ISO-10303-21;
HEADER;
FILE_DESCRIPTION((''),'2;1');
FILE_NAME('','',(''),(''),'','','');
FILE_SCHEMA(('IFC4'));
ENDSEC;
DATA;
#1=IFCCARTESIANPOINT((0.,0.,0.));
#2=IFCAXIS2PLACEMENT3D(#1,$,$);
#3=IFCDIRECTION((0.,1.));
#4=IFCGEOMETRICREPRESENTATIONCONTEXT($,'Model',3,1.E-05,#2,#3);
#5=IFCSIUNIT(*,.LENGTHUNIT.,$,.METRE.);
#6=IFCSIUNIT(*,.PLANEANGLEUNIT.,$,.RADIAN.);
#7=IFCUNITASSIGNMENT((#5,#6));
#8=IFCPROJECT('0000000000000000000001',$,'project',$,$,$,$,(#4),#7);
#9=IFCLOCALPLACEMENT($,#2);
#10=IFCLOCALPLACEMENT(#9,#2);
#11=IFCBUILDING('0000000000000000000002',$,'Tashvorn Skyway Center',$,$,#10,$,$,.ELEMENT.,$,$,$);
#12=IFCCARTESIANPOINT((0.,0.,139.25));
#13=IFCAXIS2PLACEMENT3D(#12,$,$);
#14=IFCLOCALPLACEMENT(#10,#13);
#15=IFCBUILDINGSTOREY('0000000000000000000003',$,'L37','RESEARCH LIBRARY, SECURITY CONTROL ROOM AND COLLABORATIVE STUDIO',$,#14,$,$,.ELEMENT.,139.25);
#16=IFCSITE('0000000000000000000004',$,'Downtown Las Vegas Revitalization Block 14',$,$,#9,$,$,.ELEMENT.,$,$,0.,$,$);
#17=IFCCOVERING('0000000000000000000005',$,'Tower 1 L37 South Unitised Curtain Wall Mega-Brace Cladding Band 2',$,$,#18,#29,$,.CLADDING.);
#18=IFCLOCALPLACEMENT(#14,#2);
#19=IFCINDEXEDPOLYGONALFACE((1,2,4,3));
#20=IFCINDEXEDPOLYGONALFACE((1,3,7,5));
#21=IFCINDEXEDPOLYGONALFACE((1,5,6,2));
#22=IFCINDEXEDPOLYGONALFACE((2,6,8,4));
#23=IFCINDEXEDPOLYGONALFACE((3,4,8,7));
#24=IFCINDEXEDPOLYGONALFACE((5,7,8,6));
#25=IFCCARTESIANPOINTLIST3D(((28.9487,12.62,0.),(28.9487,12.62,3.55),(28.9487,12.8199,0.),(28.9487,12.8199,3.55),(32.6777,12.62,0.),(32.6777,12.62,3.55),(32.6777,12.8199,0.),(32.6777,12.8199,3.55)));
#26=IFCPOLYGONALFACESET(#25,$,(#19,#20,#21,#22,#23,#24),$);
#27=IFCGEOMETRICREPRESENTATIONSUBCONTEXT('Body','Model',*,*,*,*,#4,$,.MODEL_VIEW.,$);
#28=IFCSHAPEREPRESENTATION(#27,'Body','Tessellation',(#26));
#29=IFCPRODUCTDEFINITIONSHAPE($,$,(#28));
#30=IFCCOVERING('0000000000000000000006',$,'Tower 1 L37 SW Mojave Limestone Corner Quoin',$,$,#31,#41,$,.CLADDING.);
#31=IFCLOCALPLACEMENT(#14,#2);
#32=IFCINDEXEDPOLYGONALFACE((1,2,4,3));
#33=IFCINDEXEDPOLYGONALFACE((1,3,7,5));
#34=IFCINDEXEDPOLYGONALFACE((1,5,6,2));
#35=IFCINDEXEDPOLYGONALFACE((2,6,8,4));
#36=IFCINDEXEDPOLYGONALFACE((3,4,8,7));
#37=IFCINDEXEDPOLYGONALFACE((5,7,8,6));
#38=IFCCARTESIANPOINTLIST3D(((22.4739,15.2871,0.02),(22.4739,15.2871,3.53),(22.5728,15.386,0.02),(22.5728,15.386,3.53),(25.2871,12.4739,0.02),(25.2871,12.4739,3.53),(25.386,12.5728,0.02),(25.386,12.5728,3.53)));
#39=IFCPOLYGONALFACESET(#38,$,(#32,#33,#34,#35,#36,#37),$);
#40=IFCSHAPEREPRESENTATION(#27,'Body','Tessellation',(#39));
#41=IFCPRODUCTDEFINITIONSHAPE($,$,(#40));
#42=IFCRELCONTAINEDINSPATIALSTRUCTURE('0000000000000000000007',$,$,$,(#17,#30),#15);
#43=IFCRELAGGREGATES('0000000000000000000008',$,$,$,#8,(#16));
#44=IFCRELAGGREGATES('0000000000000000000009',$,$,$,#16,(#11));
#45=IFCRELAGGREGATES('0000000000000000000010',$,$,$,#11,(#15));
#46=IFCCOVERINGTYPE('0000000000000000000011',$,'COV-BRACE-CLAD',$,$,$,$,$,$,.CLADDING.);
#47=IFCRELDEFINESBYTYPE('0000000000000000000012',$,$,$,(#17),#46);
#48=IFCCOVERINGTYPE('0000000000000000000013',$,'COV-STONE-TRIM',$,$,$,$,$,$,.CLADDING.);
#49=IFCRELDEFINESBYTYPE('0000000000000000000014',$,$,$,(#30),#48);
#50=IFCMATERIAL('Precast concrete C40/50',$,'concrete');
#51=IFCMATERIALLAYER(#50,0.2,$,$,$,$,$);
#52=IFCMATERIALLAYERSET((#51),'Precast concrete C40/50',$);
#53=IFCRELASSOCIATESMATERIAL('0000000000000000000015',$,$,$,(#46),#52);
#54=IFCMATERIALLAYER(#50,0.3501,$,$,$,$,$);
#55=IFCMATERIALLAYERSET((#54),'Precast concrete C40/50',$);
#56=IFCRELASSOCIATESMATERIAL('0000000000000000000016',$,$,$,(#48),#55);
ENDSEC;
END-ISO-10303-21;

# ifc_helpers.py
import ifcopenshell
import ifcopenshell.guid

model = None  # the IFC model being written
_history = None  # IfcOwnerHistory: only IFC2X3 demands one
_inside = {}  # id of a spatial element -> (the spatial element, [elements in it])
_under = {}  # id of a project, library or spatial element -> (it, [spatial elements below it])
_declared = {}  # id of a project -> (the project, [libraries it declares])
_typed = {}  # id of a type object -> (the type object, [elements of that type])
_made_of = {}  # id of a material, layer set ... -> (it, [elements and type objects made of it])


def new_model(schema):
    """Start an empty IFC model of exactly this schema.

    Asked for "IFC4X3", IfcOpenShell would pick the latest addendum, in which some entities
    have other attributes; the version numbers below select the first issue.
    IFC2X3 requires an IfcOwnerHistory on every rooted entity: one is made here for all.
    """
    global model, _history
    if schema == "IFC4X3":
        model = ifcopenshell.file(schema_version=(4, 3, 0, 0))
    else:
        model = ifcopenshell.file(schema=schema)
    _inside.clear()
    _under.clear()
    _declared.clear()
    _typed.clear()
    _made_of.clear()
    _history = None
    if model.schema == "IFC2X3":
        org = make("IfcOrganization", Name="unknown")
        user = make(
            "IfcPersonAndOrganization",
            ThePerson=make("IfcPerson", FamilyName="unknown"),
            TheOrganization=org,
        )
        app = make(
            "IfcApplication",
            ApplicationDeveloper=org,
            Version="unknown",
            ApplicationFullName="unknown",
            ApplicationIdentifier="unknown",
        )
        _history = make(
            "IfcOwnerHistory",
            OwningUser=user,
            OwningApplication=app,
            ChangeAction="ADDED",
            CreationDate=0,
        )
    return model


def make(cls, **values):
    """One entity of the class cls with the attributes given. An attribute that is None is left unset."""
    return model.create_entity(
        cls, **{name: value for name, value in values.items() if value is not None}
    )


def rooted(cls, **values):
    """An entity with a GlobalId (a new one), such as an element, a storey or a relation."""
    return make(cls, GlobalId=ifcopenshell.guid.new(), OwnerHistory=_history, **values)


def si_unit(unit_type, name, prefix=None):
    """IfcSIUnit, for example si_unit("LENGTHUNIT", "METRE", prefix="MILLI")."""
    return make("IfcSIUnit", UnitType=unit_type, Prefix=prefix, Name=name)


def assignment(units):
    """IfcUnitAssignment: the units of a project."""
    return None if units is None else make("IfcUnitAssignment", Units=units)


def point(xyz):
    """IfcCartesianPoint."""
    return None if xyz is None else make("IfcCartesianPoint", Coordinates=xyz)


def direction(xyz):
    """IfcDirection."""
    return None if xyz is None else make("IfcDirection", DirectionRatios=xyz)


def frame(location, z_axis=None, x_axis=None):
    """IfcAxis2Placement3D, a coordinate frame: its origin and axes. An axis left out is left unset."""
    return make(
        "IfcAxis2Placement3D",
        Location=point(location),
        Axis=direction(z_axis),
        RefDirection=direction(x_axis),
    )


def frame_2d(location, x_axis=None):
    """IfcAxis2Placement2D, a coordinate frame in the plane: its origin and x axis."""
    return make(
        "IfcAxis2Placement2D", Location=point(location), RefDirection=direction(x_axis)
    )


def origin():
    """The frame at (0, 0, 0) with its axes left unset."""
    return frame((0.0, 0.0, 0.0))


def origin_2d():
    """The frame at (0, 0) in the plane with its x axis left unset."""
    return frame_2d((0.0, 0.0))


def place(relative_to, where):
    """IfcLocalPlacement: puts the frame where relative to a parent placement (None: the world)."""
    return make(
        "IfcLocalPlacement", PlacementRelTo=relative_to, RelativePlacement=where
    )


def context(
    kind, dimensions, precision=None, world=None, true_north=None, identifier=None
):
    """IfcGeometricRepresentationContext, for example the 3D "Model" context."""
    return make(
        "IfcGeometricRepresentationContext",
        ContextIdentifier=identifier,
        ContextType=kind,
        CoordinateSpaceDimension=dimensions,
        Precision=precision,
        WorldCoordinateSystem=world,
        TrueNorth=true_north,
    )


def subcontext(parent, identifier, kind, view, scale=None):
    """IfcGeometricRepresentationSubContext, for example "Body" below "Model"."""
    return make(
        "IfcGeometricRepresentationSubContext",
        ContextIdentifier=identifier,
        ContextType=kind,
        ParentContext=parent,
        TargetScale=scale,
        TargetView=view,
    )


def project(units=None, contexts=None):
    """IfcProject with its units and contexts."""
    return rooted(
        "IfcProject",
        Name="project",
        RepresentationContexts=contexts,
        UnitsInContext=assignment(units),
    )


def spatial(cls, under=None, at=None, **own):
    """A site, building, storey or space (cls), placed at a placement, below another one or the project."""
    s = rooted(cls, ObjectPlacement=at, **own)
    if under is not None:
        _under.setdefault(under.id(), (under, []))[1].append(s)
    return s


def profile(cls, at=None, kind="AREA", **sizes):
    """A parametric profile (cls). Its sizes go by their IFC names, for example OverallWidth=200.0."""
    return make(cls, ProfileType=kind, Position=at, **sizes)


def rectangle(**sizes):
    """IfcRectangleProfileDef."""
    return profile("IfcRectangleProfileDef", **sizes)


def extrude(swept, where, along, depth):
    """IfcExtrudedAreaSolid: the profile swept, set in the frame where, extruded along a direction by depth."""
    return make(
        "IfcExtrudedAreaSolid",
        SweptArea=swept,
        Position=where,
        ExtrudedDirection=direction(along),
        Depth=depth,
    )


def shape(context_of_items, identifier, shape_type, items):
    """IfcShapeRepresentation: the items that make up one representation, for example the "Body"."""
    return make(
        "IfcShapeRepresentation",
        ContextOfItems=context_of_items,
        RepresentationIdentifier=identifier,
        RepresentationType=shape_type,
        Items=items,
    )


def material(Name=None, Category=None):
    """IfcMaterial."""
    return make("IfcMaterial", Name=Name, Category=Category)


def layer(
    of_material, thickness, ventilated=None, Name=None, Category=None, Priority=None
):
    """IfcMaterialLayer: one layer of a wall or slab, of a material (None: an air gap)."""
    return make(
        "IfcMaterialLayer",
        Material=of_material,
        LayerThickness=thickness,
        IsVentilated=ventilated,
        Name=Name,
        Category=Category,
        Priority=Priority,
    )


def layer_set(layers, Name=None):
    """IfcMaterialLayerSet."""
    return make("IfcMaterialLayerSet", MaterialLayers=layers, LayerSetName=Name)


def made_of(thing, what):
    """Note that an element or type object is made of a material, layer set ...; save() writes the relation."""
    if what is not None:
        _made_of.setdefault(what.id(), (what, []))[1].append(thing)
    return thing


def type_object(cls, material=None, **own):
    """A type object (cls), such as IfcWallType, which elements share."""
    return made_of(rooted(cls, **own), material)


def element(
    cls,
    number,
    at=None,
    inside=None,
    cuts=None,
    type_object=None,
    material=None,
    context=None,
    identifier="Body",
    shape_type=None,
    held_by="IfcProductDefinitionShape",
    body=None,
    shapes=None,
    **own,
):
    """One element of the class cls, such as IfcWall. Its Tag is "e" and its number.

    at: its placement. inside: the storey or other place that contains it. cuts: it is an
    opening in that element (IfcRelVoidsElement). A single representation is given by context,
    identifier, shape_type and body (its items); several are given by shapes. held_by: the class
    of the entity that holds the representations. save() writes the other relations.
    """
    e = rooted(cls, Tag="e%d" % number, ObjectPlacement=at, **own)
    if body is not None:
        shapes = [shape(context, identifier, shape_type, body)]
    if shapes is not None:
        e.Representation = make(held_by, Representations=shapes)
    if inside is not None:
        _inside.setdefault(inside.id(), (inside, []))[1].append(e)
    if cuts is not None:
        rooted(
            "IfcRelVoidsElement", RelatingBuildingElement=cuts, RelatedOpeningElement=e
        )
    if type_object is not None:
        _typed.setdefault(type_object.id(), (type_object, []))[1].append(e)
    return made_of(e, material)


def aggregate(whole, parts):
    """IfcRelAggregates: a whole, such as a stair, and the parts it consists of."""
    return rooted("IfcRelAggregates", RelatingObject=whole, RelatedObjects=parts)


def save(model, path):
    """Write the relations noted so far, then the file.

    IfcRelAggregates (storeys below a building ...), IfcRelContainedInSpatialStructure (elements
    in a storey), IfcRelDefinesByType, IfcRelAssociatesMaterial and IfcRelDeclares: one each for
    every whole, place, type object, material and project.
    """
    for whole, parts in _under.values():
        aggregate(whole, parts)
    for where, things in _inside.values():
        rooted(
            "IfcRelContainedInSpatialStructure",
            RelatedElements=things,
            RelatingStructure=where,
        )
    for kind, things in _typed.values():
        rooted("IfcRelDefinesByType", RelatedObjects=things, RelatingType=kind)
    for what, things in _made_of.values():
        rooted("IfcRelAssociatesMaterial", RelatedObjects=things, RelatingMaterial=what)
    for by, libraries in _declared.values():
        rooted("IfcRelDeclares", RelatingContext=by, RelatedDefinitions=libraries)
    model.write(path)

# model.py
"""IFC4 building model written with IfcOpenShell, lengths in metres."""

from ifc_helpers import new_model, si_unit, direction, frame, origin, origin_2d, place, context, subcontext, project, spatial, rectangle, extrude, material, layer, layer_set, type_object, element, save


model = new_model("IFC4")

# Units and contexts
model_context = context("Model", 3, precision=1e-05, world=origin(), true_north=direction((0.0, 1.0)))
body_context = subcontext(model_context, "Body", "Model", "MODEL_VIEW")
ifc_project = project(units=[si_unit("LENGTHUNIT", "METRE"), si_unit("PLANEANGLEUNIT", "RADIAN")], contexts=[model_context])

# Site, building, storey
site_placement = place(None, origin())
site = spatial("IfcSite", under=ifc_project, at=site_placement, Name="Downtown Las Vegas Revitalization Block 14", CompositionType="ELEMENT", RefElevation=0.0)
building_placement = place(site_placement, origin())
building = spatial("IfcBuilding", under=site, at=building_placement, Name="Tashvorn Skyway Center", CompositionType="ELEMENT")
storey_placement = place(building_placement, frame((0.0, 0.0, 139.25)))
storey = spatial("IfcBuildingStorey", under=building, at=storey_placement, Name="L37", Description="RESEARCH LIBRARY, SECURITY CONTROL ROOM AND COLLABORATIVE STUDIO", CompositionType="ELEMENT", Elevation=139.25)

# Shared definitions
ifc_material_1 = material(Name="Precast concrete C40/50", Category="concrete")

# Coverings
ifc_layer_1 = layer(ifc_material_1, 0.2)
ifc_layer_set_1 = layer_set([ifc_layer_1], Name="Precast concrete C40/50")
covering_type_1 = type_object("IfcCoveringType", Name="COV-BRACE-CLAD", PredefinedType="CLADDING", material=ifc_layer_set_1)
covering_1_placement = place(storey_placement, frame((30.8132, 12.72, 0.0), z_axis=(0.0, 0.0, 1.0), x_axis=(-1.0, 0.0, 0.0)))
element("IfcCovering", 1, at=covering_1_placement, inside=storey, type_object=covering_type_1, Name="Tower 1 L37 South Unitised Curtain Wall Mega-Brace Cladding Band 2", PredefinedType="CLADDING", context=body_context, shape_type="SweptSolid", body=[
    extrude(rectangle(XDim=3.729, YDim=0.2, at=origin_2d()), origin(), (0.0, 0.0, 1.0), 3.55),
])
ifc_layer_2 = layer(ifc_material_1, 0.3501)
ifc_layer_set_2 = layer_set([ifc_layer_2], Name="Precast concrete C40/50")
covering_type_2 = type_object("IfcCoveringType", Name="COV-STONE-TRIM", PredefinedType="CLADDING", material=ifc_layer_set_2)
covering_2_placement = place(storey_placement, frame((23.9299, 13.9299, 0.02), z_axis=(0.0, 0.0, 1.0), x_axis=(-0.707107, 0.707107, 0.0)))
element("IfcCovering", 2, at=covering_2_placement, inside=storey, type_object=covering_type_2, Name="Tower 1 L37 SW Mojave Limestone Corner Quoin", PredefinedType="CLADDING", context=body_context, shape_type="SweptSolid", body=[
    extrude(rectangle(XDim=3.9785, YDim=0.1399, at=origin_2d()), origin(), (0.0, 0.0, 1.0), 3.51),
])

save(model, "model.ifc")
